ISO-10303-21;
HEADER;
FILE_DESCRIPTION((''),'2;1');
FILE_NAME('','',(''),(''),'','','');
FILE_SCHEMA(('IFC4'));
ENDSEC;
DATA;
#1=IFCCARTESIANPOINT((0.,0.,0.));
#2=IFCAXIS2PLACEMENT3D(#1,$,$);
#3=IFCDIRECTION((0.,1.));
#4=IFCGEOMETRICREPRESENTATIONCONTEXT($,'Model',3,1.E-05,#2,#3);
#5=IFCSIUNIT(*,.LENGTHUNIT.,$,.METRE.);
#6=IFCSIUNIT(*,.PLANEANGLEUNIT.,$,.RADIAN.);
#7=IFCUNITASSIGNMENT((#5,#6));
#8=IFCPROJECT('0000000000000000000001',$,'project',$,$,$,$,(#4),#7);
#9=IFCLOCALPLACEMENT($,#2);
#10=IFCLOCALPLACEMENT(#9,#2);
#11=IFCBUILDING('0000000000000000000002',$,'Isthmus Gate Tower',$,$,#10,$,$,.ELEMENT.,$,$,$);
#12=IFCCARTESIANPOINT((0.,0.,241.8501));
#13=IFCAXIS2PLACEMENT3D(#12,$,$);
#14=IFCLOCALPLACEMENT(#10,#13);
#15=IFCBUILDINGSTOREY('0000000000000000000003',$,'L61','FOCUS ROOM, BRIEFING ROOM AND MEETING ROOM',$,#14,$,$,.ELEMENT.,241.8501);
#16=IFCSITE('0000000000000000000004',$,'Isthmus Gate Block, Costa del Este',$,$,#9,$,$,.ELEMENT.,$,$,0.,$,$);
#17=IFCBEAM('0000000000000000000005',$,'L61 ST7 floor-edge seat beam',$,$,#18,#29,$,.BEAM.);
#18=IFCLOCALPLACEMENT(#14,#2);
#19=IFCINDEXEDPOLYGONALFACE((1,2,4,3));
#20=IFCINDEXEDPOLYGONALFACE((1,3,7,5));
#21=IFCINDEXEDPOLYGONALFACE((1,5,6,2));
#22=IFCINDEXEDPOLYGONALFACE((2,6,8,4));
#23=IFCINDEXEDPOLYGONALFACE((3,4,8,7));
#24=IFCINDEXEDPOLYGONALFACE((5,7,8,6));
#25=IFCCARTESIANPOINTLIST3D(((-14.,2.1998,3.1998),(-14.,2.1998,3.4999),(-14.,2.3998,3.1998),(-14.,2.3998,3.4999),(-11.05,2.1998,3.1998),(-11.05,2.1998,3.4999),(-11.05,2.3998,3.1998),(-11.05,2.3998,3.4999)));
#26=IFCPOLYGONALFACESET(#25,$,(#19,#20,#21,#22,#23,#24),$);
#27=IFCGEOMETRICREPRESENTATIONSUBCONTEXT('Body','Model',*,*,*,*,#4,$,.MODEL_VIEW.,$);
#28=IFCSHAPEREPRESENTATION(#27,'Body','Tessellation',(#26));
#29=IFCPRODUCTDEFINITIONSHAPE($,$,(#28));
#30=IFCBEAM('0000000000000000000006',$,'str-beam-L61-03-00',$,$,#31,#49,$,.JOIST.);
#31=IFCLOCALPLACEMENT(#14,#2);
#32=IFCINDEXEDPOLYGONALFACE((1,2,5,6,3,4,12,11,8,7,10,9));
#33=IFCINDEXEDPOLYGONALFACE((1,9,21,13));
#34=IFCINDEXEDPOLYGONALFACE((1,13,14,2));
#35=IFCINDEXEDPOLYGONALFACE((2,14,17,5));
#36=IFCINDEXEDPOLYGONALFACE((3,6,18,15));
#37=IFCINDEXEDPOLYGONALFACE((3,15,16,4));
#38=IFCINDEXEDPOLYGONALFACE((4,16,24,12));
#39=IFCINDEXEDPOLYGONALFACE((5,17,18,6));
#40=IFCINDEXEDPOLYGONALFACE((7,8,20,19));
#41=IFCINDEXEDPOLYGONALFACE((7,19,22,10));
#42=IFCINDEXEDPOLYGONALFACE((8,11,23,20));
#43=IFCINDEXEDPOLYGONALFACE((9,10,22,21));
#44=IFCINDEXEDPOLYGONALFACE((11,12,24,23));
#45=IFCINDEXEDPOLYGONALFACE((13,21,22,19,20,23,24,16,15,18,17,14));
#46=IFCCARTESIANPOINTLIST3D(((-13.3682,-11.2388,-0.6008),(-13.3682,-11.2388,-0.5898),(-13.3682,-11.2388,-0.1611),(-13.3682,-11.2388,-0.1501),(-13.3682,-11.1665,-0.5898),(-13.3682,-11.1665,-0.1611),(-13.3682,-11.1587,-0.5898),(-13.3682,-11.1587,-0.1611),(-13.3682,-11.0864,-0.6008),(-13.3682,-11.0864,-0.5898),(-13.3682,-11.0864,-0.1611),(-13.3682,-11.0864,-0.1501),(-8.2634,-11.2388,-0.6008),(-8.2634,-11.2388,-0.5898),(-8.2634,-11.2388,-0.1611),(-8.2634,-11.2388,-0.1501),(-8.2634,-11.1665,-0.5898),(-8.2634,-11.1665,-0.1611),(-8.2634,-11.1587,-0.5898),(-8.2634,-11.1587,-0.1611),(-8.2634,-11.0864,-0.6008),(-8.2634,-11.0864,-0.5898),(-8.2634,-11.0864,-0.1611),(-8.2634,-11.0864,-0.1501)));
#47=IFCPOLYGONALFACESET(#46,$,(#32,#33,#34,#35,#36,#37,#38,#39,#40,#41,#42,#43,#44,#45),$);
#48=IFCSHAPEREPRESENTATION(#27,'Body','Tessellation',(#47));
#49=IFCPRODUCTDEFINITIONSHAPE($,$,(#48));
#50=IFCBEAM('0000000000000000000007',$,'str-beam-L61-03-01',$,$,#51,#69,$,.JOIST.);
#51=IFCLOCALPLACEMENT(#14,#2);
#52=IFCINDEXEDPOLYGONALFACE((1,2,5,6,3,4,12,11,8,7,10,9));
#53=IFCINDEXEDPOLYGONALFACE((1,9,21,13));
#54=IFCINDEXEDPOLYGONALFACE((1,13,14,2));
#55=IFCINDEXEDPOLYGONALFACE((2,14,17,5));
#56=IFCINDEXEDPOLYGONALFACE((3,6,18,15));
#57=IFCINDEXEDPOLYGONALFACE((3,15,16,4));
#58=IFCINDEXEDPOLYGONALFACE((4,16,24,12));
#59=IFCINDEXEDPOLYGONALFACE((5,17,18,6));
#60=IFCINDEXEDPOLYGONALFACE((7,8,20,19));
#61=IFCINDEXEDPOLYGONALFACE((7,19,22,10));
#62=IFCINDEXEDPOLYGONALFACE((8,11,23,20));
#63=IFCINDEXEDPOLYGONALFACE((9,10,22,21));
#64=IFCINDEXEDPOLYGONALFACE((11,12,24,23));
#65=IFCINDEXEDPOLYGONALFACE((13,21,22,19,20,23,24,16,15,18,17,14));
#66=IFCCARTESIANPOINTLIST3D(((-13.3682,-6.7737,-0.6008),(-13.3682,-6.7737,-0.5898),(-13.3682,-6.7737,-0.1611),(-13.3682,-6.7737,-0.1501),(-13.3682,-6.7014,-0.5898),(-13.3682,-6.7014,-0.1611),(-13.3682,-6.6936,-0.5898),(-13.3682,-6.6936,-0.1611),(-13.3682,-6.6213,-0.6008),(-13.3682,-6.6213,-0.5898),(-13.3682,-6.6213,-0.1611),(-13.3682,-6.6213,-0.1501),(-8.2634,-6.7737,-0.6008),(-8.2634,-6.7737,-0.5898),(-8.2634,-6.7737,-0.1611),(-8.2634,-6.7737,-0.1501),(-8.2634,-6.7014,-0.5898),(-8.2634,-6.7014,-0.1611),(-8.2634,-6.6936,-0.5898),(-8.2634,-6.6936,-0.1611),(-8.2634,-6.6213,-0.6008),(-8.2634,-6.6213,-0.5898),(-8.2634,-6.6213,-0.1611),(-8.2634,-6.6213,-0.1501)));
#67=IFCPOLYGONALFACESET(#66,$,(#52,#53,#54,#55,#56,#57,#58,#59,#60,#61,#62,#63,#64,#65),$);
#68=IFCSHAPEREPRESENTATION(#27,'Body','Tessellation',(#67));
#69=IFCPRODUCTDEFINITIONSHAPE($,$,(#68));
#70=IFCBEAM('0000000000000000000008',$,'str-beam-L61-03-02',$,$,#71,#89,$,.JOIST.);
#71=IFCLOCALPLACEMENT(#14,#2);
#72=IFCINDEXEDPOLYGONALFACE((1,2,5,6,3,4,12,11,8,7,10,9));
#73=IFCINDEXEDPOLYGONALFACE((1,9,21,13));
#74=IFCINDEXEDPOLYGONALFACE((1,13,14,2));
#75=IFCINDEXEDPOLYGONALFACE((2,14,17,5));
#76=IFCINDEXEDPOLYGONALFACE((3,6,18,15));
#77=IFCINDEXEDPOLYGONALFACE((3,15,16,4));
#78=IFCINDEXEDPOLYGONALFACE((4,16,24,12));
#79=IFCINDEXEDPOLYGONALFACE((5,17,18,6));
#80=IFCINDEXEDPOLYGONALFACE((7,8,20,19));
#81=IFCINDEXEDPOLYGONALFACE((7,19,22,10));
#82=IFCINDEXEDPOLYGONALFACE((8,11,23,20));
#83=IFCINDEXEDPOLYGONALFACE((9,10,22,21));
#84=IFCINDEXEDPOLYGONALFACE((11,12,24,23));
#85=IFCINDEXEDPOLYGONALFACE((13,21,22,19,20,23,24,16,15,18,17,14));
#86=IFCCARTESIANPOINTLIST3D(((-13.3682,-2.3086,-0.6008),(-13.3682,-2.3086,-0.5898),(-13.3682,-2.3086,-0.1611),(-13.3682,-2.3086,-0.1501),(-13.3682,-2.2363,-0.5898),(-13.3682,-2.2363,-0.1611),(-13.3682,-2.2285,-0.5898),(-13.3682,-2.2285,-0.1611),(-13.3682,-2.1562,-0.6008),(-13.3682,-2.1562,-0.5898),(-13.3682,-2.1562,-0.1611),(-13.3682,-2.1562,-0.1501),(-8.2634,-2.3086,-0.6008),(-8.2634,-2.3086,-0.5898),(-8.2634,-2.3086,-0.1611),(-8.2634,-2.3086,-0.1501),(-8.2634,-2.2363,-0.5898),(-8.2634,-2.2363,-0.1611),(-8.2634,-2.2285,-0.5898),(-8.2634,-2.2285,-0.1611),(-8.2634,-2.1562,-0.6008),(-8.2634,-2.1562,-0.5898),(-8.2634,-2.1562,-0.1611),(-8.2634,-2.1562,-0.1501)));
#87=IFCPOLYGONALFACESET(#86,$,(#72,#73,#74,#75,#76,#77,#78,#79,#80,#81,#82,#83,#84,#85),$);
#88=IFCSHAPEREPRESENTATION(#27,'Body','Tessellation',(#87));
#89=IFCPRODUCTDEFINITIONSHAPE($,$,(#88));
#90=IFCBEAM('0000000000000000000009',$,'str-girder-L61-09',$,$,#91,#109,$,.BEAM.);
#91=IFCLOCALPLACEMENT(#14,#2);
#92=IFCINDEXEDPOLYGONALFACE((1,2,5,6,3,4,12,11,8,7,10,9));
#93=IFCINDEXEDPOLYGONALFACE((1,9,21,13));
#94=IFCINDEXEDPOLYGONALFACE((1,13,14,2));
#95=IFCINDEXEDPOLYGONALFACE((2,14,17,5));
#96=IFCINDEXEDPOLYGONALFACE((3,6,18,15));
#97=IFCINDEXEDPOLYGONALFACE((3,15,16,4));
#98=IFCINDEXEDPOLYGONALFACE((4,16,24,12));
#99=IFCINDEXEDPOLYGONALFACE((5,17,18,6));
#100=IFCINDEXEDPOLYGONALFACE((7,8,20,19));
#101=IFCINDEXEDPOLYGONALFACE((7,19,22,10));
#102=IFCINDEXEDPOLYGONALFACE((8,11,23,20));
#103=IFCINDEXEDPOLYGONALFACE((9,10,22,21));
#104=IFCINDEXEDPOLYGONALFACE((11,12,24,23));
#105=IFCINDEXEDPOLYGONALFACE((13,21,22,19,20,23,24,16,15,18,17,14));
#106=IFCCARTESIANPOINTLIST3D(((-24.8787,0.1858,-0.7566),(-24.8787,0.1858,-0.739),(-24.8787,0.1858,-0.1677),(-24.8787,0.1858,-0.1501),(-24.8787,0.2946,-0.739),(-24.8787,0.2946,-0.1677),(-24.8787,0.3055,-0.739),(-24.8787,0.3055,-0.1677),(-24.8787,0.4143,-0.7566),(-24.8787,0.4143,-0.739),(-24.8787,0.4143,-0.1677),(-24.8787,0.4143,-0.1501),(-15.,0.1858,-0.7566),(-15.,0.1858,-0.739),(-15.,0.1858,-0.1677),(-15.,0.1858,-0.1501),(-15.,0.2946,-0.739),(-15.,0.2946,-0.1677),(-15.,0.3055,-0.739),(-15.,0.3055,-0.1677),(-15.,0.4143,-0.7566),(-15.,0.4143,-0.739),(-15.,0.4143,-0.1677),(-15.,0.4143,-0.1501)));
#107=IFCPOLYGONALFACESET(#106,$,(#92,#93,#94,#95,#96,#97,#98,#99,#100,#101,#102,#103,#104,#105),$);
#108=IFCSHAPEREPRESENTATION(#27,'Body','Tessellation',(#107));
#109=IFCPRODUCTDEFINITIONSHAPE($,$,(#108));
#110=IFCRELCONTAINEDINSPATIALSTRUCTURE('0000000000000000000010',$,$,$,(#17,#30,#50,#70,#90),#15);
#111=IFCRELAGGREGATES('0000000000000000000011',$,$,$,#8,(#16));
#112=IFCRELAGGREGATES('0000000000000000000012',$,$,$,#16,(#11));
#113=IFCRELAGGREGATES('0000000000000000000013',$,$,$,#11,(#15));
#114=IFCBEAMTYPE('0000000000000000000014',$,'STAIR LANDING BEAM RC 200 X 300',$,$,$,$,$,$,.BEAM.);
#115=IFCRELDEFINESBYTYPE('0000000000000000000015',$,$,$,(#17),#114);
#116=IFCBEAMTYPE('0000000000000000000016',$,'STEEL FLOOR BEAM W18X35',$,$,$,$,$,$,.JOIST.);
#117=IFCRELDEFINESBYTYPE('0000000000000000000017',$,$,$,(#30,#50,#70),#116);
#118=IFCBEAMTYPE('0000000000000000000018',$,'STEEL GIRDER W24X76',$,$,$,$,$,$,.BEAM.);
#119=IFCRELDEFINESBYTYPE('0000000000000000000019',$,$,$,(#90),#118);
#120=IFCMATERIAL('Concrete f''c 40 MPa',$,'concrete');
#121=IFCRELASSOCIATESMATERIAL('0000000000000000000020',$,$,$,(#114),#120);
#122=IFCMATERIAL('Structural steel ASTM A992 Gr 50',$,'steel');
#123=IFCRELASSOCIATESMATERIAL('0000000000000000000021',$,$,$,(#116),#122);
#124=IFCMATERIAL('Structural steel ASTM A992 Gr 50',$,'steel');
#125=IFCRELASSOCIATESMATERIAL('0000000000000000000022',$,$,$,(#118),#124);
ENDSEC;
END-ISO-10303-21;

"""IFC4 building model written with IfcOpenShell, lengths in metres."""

from ifc_helpers import new_model, si_unit, direction, frame, origin, origin_2d, place, context, subcontext, project, spatial, rectangle, i_section, extrude, material, material_profile, profile_set, type_object, element, save


model = new_model("IFC4")

# Units and contexts
model_context = context("Model", 3, precision=1e-05, world=origin(), true_north=direction((0.0, 1.0)))
body_context = subcontext(model_context, "Body", "Model", "MODEL_VIEW")
ifc_project = project(units=[si_unit("LENGTHUNIT", "METRE"), si_unit("PLANEANGLEUNIT", "RADIAN")], contexts=[model_context])

# Site, building, storey
site_placement = place(None, origin())
site = spatial("IfcSite", under=ifc_project, at=site_placement, Name="Isthmus Gate Block, Costa del Este", CompositionType="ELEMENT", RefElevation=0.0)
building_placement = place(site_placement, origin())
building = spatial("IfcBuilding", under=site, at=building_placement, Name="Isthmus Gate Tower", CompositionType="ELEMENT")
storey_placement = place(building_placement, frame((0.0, 0.0, 241.8501)))
storey = spatial("IfcBuildingStorey", under=building, at=storey_placement, Name="L61", Description="FOCUS ROOM, BRIEFING ROOM AND MEETING ROOM", CompositionType="ELEMENT", Elevation=241.8501)

# Beams
ifc_material_1 = material(Name="Concrete f'c 40 MPa", Category="concrete")
ifc_material_profile_1 = material_profile(ifc_material_1, rectangle(XDim=0.2, YDim=0.3, at=origin_2d()), Name="STAIR LANDING BEAM RC 200 X 300")
ifc_profile_set_1 = profile_set([ifc_material_profile_1], Name="Concrete f'c 40 MPa")
beam_type_1 = type_object("IfcBeamType", Name="STAIR LANDING BEAM RC 200 X 300", PredefinedType="BEAM", material=ifc_profile_set_1)
beam_1_placement = place(storey_placement, frame((-14.0, 2.2998, 3.3499), z_axis=(1.0, 0.0, 0.0), x_axis=(0.0, 1.0, 0.0)))
element("IfcBeam", 1, at=beam_1_placement, inside=storey, type_object=beam_type_1, Name="L61 ST7 floor-edge seat beam", PredefinedType="BEAM", context=body_context, shape_type="SweptSolid", body=[
    extrude(rectangle(XDim=0.2, YDim=0.3, at=origin_2d()), origin(), (0.0, 0.0, 1.0), 2.95),
])
ifc_material_2 = material(Name="Structural steel ASTM A992 Gr 50", Category="steel")
ifc_material_profile_2 = material_profile(ifc_material_2, i_section(OverallWidth=0.1523, OverallDepth=0.4507, WebThickness=0.0078, FlangeThickness=0.011, at=origin_2d()), Name="W18X35")
ifc_profile_set_2 = profile_set([ifc_material_profile_2], Name="Structural steel ASTM A992 Gr 50")
beam_type_2 = type_object("IfcBeamType", Name="STEEL FLOOR BEAM W18X35", PredefinedType="JOIST", material=ifc_profile_set_2)
for number, where, z_axis, x_axis, name in (
    (2, (-13.3682, -11.1626, -0.3755), (1.0, 0.0, 0.0), (0.0, 1.0, 0.0), "str-beam-L61-03-00"),
    (3, (-13.3682, -6.6975, -0.3755), (1.0, 0.0, 0.0), (0.0, 1.0, 0.0), "str-beam-L61-03-01"),
    (4, (-13.3682, -2.2324, -0.3755), (1.0, 0.0, 0.0), (0.0, 1.0, 0.0), "str-beam-L61-03-02"),
):
    element("IfcBeam", number, at=place(storey_placement, frame(where, z_axis=z_axis, x_axis=x_axis)), inside=storey, type_object=beam_type_2, Name=name, PredefinedType="JOIST", context=body_context, shape_type="SweptSolid", body=[
        extrude(i_section(OverallWidth=0.1523, OverallDepth=0.4507, WebThickness=0.0078, FlangeThickness=0.011, at=origin_2d()), origin(), (0.0, 0.0, 1.0), 5.1047),
    ])
ifc_material_3 = material(Name="Structural steel ASTM A992 Gr 50", Category="steel")
ifc_material_profile_3 = material_profile(ifc_material_3, i_section(OverallWidth=0.2285, OverallDepth=0.6064, WebThickness=0.011, FlangeThickness=0.0176, at=origin_2d()), Name="W24X76")
ifc_profile_set_3 = profile_set([ifc_material_profile_3], Name="Structural steel ASTM A992 Gr 50")
beam_type_3 = type_object("IfcBeamType", Name="STEEL GIRDER W24X76", PredefinedType="BEAM", material=ifc_profile_set_3)
beam_2_placement = place(storey_placement, frame((-15.0, 0.3, -0.4534), z_axis=(-1.0, 0.0, 0.0), x_axis=(0.0, -1.0, 0.0)))
element("IfcBeam", 5, at=beam_2_placement, inside=storey, type_object=beam_type_3, Name="str-girder-L61-09", PredefinedType="BEAM", context=body_context, shape_type="SweptSolid", body=[
    extrude(i_section(OverallWidth=0.2285, OverallDepth=0.6064, WebThickness=0.011, FlangeThickness=0.0176, at=origin_2d()), origin(), (0.0, 0.0, 1.0), 9.8787),
])

save(model, "model.ifc")
